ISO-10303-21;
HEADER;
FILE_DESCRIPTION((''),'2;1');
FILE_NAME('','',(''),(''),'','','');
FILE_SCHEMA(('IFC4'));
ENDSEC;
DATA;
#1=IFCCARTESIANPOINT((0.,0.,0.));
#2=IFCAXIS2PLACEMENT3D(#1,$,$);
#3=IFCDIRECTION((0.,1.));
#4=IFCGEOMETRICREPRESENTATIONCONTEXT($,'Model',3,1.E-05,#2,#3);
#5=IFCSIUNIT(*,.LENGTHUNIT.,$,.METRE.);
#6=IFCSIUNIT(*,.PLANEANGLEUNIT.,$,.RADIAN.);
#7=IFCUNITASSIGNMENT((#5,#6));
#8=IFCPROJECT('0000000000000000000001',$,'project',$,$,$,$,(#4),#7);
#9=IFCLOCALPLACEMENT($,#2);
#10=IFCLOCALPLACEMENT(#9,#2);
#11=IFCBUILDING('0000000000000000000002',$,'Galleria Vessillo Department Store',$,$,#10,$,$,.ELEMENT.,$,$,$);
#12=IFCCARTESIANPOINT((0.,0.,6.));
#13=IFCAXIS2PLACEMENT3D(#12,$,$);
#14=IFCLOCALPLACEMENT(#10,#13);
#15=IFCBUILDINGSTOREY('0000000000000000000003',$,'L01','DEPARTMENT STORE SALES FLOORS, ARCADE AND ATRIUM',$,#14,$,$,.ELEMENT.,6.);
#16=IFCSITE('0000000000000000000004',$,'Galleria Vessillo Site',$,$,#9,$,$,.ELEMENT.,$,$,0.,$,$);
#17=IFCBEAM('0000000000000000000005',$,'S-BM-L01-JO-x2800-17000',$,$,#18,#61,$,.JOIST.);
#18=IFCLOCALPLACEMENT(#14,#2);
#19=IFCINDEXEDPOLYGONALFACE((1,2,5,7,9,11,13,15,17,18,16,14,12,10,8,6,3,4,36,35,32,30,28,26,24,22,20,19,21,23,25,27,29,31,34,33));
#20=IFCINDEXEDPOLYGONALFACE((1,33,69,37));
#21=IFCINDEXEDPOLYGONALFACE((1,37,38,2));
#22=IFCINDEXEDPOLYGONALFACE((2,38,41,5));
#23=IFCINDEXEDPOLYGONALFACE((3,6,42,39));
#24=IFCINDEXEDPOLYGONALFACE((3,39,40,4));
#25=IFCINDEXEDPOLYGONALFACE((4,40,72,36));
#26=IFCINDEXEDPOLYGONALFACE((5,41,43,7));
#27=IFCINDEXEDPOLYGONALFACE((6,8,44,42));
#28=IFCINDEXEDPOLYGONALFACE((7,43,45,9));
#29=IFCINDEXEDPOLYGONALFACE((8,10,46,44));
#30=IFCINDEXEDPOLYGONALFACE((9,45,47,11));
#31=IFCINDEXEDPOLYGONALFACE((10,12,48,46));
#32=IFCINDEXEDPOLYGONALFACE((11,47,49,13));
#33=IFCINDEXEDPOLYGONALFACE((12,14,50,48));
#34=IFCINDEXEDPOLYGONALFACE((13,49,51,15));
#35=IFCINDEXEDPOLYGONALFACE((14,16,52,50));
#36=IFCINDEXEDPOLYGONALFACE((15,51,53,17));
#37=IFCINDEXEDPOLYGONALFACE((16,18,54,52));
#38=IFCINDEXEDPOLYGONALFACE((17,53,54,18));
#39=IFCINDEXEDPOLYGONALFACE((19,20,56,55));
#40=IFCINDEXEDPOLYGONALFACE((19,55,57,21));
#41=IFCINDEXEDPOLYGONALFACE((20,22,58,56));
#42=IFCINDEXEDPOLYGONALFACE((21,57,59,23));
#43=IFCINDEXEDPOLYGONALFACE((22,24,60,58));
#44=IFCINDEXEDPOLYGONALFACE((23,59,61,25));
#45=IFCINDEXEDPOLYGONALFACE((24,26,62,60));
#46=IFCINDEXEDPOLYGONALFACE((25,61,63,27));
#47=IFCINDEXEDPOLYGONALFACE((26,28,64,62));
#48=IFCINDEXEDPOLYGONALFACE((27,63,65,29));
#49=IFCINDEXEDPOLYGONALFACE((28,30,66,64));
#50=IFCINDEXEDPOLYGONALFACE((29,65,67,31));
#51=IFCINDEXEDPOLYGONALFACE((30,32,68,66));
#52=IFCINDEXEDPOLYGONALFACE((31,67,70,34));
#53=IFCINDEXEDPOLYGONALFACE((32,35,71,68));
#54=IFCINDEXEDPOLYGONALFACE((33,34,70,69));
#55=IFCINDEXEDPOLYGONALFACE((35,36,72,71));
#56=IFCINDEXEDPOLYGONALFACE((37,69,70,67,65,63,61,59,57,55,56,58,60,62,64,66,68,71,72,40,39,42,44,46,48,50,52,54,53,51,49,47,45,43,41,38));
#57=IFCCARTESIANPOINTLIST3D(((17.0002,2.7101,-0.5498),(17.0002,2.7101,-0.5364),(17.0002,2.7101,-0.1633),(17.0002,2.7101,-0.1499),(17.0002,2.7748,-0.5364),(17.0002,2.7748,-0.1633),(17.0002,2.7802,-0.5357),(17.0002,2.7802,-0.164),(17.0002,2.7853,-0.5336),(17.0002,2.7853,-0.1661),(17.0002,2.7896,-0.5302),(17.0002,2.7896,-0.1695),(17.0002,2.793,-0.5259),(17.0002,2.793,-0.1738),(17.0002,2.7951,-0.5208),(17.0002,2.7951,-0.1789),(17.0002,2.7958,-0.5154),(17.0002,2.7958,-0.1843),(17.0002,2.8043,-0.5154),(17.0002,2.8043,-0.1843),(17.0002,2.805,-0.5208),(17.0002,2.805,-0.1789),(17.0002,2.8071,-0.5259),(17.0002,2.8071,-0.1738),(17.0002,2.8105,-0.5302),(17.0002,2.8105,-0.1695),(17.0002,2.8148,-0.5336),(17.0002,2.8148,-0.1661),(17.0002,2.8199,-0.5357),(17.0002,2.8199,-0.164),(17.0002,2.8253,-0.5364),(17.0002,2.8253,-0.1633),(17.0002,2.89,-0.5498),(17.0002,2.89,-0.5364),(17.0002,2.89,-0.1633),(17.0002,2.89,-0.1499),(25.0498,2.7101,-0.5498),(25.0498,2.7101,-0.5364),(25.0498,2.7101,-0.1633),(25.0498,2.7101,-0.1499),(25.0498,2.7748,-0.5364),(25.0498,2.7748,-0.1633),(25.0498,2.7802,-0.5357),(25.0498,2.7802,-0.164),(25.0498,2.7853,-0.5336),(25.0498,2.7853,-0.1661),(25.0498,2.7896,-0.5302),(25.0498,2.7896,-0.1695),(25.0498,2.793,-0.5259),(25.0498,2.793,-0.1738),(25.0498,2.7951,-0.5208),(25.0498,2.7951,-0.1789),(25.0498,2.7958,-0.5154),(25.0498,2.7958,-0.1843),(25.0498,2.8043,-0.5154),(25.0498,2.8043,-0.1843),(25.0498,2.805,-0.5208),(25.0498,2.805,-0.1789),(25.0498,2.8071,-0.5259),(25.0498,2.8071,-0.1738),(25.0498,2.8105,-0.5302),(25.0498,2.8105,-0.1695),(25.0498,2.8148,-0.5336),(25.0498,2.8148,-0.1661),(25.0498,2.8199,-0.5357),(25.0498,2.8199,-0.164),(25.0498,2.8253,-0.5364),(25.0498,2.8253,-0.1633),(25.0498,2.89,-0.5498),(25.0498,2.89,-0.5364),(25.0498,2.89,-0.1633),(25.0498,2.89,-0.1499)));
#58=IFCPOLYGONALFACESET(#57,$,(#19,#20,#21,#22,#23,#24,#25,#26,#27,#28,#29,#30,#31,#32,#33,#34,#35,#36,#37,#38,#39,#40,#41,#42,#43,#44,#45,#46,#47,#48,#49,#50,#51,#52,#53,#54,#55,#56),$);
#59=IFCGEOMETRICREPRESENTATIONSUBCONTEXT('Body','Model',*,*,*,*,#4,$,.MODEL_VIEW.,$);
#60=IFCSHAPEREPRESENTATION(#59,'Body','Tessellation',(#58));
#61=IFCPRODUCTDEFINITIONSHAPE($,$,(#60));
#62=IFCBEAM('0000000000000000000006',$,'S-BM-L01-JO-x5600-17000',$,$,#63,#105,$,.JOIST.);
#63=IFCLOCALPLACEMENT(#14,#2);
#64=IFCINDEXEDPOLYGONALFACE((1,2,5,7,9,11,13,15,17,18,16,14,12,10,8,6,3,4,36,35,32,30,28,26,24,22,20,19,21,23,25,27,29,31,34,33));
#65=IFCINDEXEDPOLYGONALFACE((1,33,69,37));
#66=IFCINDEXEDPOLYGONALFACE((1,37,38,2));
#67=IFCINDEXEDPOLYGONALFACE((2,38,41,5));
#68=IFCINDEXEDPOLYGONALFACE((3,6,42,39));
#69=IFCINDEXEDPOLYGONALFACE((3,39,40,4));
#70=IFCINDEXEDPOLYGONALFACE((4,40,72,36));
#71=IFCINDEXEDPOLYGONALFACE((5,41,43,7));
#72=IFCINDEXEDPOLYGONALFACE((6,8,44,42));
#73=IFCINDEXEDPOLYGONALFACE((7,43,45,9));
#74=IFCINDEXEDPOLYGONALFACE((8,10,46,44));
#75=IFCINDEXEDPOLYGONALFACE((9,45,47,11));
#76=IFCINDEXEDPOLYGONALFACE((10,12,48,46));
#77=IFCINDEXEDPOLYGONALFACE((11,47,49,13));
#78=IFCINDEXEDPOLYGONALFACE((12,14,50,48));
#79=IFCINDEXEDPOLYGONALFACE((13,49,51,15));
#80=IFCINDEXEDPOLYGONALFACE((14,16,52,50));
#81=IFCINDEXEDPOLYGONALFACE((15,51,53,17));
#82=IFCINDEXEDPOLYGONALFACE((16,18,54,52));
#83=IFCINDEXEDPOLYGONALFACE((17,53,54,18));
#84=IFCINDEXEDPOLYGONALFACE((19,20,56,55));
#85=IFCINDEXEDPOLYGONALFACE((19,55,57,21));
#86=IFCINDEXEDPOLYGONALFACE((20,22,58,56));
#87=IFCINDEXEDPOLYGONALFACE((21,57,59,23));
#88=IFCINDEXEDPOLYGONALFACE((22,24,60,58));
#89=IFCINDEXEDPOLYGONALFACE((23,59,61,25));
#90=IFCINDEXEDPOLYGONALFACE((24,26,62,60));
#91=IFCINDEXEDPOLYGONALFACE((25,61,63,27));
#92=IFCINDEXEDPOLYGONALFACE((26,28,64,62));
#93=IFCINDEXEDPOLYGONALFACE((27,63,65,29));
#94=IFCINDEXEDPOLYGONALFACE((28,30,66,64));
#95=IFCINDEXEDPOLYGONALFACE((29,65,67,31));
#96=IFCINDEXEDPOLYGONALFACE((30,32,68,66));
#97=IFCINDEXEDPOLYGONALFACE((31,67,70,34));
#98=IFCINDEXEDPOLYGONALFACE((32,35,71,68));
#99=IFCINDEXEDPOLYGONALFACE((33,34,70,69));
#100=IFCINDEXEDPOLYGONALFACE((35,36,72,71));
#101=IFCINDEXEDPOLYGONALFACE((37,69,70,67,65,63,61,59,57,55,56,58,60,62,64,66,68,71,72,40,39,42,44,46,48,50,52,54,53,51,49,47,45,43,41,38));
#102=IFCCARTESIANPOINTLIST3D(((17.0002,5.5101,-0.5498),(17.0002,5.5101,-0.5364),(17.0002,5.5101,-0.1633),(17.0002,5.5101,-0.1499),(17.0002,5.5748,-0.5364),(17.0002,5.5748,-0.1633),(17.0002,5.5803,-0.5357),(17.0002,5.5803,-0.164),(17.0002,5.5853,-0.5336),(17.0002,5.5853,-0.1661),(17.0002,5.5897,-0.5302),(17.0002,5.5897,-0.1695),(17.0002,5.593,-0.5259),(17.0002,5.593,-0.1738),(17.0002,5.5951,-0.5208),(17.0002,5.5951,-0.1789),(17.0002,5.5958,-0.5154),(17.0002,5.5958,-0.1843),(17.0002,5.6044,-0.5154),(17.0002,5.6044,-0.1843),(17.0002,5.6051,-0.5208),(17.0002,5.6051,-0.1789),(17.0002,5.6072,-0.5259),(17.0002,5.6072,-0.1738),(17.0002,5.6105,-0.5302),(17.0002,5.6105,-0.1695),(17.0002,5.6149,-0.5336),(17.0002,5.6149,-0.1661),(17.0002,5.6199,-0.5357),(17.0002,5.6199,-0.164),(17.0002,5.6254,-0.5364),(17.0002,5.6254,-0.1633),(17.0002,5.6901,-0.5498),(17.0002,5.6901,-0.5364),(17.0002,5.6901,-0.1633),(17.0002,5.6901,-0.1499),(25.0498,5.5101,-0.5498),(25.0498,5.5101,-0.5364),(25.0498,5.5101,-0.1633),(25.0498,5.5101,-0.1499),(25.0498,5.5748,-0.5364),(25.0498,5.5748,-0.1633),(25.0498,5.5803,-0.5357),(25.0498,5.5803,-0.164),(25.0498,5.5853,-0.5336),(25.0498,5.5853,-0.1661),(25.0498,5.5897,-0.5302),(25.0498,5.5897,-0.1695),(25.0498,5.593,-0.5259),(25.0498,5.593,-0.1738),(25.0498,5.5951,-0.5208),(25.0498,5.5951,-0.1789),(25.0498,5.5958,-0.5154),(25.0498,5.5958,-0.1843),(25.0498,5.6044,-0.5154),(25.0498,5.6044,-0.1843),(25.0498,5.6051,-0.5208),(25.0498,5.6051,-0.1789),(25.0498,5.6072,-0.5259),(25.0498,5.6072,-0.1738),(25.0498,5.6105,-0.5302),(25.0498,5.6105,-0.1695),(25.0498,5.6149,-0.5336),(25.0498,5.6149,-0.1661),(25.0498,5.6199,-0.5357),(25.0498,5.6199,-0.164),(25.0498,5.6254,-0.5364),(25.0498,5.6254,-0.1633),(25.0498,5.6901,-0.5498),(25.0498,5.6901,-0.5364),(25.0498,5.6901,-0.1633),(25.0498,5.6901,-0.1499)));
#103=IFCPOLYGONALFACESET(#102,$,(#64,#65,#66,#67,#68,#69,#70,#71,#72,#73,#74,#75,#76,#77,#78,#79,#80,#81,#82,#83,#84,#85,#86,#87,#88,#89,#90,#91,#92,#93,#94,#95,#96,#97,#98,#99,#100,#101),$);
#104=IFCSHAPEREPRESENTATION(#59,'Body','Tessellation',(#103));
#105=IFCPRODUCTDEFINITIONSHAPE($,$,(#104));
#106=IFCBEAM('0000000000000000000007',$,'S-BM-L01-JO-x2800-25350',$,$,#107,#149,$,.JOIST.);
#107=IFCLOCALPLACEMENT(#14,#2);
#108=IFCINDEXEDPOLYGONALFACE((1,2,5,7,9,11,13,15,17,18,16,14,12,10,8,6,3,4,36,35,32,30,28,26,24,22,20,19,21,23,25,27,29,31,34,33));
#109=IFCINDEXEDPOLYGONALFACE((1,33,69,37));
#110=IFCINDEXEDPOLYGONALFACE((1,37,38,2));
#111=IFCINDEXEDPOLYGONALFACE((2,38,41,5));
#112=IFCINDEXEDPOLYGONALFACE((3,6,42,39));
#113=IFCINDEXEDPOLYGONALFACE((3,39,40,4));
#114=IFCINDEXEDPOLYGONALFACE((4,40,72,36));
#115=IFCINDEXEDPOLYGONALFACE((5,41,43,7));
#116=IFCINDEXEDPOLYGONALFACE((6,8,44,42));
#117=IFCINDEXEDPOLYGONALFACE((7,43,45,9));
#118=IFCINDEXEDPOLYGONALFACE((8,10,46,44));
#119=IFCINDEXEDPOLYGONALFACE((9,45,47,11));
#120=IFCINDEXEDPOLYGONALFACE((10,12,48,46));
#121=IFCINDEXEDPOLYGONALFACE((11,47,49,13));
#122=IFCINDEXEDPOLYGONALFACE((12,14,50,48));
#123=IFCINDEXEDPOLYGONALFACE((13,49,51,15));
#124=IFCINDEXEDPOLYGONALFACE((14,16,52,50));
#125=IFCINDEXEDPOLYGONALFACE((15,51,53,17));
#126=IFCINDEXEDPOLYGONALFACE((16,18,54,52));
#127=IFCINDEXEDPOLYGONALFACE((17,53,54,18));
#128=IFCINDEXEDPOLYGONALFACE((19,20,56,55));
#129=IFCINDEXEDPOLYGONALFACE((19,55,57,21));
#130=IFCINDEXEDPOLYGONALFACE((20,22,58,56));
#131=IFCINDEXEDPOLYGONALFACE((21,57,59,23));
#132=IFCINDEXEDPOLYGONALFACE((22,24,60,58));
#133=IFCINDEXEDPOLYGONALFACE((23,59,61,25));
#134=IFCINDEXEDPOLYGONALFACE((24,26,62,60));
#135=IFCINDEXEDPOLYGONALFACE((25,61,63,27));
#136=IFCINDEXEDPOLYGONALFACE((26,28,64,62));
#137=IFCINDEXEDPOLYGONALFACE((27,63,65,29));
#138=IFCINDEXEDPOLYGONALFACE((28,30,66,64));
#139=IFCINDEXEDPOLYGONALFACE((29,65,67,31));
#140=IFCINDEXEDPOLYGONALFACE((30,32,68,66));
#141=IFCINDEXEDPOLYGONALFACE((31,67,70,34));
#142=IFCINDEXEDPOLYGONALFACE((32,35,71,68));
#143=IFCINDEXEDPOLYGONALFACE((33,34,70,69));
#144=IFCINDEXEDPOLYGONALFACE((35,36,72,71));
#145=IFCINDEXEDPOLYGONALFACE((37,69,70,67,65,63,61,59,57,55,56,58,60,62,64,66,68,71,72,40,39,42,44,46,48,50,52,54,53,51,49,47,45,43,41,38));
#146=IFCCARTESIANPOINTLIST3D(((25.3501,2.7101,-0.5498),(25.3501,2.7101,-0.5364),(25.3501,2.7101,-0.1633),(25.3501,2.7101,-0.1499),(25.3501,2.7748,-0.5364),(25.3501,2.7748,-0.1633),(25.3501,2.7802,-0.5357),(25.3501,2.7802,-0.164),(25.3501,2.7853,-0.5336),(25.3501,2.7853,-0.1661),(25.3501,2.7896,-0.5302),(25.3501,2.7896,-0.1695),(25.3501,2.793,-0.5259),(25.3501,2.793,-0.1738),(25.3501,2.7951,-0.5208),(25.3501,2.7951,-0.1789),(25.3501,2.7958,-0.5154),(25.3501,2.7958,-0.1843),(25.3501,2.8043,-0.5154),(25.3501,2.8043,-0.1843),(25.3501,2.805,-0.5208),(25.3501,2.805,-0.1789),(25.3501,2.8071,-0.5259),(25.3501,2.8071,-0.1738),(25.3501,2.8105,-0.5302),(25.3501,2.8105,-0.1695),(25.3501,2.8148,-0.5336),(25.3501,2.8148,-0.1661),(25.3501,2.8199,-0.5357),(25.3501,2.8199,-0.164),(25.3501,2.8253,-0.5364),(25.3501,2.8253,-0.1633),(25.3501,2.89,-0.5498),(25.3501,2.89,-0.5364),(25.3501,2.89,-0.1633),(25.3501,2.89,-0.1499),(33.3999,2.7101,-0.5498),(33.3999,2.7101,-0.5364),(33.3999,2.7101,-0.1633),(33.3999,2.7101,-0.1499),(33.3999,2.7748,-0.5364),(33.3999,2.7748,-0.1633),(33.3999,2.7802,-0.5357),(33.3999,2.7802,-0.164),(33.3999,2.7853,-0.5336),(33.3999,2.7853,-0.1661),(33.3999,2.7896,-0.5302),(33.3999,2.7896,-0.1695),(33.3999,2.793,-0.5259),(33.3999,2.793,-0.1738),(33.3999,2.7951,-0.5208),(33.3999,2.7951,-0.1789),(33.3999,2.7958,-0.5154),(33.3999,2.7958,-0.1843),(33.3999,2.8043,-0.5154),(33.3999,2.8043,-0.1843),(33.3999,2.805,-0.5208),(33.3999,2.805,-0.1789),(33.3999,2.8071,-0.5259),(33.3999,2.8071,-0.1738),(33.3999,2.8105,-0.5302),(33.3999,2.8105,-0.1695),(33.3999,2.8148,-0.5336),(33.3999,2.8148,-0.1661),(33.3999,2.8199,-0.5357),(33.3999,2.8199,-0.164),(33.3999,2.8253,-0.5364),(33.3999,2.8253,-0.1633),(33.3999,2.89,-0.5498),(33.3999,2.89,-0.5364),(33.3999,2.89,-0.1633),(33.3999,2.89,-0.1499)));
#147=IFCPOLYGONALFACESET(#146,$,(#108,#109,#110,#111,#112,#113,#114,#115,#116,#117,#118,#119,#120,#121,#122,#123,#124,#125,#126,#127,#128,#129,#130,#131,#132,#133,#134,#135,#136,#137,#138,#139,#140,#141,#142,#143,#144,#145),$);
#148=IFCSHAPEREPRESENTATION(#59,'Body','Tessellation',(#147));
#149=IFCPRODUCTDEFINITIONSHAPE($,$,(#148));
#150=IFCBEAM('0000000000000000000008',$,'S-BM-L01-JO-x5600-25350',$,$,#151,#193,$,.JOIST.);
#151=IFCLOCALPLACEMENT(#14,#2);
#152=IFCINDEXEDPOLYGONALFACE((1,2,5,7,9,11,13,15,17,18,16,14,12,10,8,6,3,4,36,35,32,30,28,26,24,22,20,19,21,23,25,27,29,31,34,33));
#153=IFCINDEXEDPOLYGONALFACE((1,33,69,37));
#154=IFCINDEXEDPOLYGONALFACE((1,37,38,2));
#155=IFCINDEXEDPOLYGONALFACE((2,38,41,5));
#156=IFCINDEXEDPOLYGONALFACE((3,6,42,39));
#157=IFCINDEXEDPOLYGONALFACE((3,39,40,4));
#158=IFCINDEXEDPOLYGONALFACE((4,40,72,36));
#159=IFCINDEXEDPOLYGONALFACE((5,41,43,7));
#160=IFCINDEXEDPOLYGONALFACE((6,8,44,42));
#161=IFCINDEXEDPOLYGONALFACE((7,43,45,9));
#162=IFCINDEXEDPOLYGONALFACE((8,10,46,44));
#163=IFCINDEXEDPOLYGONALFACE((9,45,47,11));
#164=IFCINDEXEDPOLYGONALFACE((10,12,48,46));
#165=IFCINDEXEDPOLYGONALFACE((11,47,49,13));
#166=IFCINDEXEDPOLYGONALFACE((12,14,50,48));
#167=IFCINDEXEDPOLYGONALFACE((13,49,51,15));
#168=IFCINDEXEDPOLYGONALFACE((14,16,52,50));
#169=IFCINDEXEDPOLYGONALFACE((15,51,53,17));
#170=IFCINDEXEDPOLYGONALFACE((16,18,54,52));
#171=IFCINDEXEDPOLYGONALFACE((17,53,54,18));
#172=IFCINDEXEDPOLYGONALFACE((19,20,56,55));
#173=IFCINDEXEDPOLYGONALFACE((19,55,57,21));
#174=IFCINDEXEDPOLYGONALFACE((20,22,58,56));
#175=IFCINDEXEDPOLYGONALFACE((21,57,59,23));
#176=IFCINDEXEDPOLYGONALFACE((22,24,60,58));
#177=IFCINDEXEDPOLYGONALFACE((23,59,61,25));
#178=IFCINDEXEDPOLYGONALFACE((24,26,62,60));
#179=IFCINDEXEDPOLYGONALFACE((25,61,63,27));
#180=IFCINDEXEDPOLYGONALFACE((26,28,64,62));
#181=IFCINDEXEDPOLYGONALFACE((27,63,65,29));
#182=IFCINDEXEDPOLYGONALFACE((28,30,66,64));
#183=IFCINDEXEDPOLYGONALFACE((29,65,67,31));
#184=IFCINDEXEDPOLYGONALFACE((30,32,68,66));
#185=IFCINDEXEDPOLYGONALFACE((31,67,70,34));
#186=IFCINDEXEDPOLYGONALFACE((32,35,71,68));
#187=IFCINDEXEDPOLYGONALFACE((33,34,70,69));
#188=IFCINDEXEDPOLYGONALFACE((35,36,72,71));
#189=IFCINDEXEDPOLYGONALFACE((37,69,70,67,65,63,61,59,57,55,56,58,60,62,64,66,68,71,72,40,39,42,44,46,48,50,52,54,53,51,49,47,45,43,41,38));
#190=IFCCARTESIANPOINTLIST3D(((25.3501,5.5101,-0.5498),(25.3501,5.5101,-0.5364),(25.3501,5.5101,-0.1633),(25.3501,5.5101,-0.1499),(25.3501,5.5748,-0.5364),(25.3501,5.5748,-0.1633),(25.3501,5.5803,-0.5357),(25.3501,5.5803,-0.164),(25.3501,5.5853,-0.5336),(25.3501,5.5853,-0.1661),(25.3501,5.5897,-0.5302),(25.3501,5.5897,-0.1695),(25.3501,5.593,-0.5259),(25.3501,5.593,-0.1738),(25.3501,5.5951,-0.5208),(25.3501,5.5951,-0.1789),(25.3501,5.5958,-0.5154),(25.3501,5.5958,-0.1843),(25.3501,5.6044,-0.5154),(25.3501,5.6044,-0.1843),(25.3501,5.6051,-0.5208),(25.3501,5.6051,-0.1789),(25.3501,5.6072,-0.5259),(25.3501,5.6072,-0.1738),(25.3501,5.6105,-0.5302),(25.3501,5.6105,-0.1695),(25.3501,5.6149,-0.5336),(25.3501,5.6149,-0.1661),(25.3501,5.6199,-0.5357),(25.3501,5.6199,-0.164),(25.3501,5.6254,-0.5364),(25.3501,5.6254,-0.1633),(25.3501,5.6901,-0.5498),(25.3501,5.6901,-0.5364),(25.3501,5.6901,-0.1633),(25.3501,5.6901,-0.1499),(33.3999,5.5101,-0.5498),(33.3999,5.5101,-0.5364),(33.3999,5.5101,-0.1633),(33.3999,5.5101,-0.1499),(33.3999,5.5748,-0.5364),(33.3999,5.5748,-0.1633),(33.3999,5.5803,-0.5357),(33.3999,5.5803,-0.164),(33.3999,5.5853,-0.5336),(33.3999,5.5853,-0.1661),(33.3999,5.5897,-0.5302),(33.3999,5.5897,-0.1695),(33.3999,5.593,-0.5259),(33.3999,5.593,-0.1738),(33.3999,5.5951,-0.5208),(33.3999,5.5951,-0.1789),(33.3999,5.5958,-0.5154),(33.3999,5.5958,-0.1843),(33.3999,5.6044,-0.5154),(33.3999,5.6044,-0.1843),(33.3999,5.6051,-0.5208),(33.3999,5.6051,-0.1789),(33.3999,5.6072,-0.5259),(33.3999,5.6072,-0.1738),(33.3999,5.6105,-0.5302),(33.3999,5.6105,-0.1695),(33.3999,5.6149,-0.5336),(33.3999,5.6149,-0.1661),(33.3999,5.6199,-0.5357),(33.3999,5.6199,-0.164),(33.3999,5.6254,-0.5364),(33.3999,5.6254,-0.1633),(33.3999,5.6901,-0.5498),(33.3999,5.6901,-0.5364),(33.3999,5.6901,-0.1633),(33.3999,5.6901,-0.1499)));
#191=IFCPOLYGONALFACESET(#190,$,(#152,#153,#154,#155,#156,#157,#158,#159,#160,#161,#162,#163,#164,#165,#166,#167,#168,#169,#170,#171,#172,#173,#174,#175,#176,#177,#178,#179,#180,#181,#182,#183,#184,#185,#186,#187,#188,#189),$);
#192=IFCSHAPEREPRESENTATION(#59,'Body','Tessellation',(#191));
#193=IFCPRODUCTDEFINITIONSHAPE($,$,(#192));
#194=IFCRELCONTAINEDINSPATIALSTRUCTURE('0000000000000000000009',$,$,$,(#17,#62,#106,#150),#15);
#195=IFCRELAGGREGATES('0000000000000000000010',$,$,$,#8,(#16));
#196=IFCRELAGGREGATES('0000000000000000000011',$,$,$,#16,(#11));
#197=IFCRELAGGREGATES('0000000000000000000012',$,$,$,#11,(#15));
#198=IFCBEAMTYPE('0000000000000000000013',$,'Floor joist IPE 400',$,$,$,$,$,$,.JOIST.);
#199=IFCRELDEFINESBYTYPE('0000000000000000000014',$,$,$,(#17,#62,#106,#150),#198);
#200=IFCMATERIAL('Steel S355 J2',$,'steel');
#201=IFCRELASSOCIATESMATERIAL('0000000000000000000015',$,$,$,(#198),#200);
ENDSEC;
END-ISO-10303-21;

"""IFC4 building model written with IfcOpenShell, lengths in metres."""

from ifc_helpers import new_model, si_unit, direction, frame, origin, origin_2d, place, context, subcontext, project, spatial, i_section, extrude, material, material_profile, profile_set, type_object, element, save


model = new_model("IFC4")

# Units and contexts
model_context = context("Model", 3, precision=1e-05, world=origin(), true_north=direction((0.0, 1.0)))
body_context = subcontext(model_context, "Body", "Model", "MODEL_VIEW")
ifc_project = project(units=[si_unit("LENGTHUNIT", "METRE"), si_unit("PLANEANGLEUNIT", "RADIAN")], contexts=[model_context])

# Site, building, storey
site_placement = place(None, origin())
site = spatial("IfcSite", under=ifc_project, at=site_placement, Name="Galleria Vessillo Site", CompositionType="ELEMENT", RefElevation=0.0)
building_placement = place(site_placement, origin())
building = spatial("IfcBuilding", under=site, at=building_placement, Name="Galleria Vessillo Department Store", CompositionType="ELEMENT")
storey_placement = place(building_placement, frame((0.0, 0.0, 6.0)))
storey = spatial("IfcBuildingStorey", under=building, at=storey_placement, Name="L01", Description="DEPARTMENT STORE SALES FLOORS, ARCADE AND ATRIUM", CompositionType="ELEMENT", Elevation=6.0)

# Beams
ifc_material_1 = material(Name="Steel S355 J2", Category="steel")
ifc_material_profile_1 = material_profile(ifc_material_1, i_section(OverallWidth=0.1799, OverallDepth=0.3999, WebThickness=0.0085, FlangeThickness=0.0134, FilletRadius=0.021, at=origin_2d()), Name="IPE 400")
ifc_profile_set_1 = profile_set([ifc_material_profile_1], Name="Steel S355 J2")
beam_type_1 = type_object("IfcBeamType", Name="Floor joist IPE 400", PredefinedType="JOIST", material=ifc_profile_set_1)
for number, where, z_axis, x_axis, name in (
    (1, (17.0002, 2.8, -0.3499), (1.0, 0.0, 0.0), (0.0, 1.0, 0.0), "S-BM-L01-JO-x2800-17000"),
    (2, (17.0002, 5.6001, -0.3499), (1.0, 0.0, 0.0), (0.0, 1.0, 0.0), "S-BM-L01-JO-x5600-17000"),
):
    element("IfcBeam", number, at=place(storey_placement, frame(where, z_axis=z_axis, x_axis=x_axis)), inside=storey, type_object=beam_type_1, Name=name, PredefinedType="JOIST", context=body_context, shape_type="SweptSolid", body=[
        extrude(i_section(OverallWidth=0.1799, OverallDepth=0.3999, WebThickness=0.0085, FlangeThickness=0.0134, FilletRadius=0.021, at=origin_2d()), origin(), (0.0, 0.0, 1.0), 8.0496),
    ])
for number, where, z_axis, x_axis, name in (
    (3, (25.3501, 2.8, -0.3499), (1.0, 0.0, 0.0), (0.0, 1.0, 0.0), "S-BM-L01-JO-x2800-25350"),
    (4, (25.3501, 5.6001, -0.3499), (1.0, 0.0, 0.0), (0.0, 1.0, 0.0), "S-BM-L01-JO-x5600-25350"),
):
    element("IfcBeam", number, at=place(storey_placement, frame(where, z_axis=z_axis, x_axis=x_axis)), inside=storey, type_object=beam_type_1, Name=name, PredefinedType="JOIST", context=body_context, shape_type="SweptSolid", body=[
        extrude(i_section(OverallWidth=0.1799, OverallDepth=0.3999, WebThickness=0.0085, FlangeThickness=0.0134, FilletRadius=0.021, at=origin_2d()), origin(), (0.0, 0.0, 1.0), 8.0498),
    ])

save(model, "model.ifc")
